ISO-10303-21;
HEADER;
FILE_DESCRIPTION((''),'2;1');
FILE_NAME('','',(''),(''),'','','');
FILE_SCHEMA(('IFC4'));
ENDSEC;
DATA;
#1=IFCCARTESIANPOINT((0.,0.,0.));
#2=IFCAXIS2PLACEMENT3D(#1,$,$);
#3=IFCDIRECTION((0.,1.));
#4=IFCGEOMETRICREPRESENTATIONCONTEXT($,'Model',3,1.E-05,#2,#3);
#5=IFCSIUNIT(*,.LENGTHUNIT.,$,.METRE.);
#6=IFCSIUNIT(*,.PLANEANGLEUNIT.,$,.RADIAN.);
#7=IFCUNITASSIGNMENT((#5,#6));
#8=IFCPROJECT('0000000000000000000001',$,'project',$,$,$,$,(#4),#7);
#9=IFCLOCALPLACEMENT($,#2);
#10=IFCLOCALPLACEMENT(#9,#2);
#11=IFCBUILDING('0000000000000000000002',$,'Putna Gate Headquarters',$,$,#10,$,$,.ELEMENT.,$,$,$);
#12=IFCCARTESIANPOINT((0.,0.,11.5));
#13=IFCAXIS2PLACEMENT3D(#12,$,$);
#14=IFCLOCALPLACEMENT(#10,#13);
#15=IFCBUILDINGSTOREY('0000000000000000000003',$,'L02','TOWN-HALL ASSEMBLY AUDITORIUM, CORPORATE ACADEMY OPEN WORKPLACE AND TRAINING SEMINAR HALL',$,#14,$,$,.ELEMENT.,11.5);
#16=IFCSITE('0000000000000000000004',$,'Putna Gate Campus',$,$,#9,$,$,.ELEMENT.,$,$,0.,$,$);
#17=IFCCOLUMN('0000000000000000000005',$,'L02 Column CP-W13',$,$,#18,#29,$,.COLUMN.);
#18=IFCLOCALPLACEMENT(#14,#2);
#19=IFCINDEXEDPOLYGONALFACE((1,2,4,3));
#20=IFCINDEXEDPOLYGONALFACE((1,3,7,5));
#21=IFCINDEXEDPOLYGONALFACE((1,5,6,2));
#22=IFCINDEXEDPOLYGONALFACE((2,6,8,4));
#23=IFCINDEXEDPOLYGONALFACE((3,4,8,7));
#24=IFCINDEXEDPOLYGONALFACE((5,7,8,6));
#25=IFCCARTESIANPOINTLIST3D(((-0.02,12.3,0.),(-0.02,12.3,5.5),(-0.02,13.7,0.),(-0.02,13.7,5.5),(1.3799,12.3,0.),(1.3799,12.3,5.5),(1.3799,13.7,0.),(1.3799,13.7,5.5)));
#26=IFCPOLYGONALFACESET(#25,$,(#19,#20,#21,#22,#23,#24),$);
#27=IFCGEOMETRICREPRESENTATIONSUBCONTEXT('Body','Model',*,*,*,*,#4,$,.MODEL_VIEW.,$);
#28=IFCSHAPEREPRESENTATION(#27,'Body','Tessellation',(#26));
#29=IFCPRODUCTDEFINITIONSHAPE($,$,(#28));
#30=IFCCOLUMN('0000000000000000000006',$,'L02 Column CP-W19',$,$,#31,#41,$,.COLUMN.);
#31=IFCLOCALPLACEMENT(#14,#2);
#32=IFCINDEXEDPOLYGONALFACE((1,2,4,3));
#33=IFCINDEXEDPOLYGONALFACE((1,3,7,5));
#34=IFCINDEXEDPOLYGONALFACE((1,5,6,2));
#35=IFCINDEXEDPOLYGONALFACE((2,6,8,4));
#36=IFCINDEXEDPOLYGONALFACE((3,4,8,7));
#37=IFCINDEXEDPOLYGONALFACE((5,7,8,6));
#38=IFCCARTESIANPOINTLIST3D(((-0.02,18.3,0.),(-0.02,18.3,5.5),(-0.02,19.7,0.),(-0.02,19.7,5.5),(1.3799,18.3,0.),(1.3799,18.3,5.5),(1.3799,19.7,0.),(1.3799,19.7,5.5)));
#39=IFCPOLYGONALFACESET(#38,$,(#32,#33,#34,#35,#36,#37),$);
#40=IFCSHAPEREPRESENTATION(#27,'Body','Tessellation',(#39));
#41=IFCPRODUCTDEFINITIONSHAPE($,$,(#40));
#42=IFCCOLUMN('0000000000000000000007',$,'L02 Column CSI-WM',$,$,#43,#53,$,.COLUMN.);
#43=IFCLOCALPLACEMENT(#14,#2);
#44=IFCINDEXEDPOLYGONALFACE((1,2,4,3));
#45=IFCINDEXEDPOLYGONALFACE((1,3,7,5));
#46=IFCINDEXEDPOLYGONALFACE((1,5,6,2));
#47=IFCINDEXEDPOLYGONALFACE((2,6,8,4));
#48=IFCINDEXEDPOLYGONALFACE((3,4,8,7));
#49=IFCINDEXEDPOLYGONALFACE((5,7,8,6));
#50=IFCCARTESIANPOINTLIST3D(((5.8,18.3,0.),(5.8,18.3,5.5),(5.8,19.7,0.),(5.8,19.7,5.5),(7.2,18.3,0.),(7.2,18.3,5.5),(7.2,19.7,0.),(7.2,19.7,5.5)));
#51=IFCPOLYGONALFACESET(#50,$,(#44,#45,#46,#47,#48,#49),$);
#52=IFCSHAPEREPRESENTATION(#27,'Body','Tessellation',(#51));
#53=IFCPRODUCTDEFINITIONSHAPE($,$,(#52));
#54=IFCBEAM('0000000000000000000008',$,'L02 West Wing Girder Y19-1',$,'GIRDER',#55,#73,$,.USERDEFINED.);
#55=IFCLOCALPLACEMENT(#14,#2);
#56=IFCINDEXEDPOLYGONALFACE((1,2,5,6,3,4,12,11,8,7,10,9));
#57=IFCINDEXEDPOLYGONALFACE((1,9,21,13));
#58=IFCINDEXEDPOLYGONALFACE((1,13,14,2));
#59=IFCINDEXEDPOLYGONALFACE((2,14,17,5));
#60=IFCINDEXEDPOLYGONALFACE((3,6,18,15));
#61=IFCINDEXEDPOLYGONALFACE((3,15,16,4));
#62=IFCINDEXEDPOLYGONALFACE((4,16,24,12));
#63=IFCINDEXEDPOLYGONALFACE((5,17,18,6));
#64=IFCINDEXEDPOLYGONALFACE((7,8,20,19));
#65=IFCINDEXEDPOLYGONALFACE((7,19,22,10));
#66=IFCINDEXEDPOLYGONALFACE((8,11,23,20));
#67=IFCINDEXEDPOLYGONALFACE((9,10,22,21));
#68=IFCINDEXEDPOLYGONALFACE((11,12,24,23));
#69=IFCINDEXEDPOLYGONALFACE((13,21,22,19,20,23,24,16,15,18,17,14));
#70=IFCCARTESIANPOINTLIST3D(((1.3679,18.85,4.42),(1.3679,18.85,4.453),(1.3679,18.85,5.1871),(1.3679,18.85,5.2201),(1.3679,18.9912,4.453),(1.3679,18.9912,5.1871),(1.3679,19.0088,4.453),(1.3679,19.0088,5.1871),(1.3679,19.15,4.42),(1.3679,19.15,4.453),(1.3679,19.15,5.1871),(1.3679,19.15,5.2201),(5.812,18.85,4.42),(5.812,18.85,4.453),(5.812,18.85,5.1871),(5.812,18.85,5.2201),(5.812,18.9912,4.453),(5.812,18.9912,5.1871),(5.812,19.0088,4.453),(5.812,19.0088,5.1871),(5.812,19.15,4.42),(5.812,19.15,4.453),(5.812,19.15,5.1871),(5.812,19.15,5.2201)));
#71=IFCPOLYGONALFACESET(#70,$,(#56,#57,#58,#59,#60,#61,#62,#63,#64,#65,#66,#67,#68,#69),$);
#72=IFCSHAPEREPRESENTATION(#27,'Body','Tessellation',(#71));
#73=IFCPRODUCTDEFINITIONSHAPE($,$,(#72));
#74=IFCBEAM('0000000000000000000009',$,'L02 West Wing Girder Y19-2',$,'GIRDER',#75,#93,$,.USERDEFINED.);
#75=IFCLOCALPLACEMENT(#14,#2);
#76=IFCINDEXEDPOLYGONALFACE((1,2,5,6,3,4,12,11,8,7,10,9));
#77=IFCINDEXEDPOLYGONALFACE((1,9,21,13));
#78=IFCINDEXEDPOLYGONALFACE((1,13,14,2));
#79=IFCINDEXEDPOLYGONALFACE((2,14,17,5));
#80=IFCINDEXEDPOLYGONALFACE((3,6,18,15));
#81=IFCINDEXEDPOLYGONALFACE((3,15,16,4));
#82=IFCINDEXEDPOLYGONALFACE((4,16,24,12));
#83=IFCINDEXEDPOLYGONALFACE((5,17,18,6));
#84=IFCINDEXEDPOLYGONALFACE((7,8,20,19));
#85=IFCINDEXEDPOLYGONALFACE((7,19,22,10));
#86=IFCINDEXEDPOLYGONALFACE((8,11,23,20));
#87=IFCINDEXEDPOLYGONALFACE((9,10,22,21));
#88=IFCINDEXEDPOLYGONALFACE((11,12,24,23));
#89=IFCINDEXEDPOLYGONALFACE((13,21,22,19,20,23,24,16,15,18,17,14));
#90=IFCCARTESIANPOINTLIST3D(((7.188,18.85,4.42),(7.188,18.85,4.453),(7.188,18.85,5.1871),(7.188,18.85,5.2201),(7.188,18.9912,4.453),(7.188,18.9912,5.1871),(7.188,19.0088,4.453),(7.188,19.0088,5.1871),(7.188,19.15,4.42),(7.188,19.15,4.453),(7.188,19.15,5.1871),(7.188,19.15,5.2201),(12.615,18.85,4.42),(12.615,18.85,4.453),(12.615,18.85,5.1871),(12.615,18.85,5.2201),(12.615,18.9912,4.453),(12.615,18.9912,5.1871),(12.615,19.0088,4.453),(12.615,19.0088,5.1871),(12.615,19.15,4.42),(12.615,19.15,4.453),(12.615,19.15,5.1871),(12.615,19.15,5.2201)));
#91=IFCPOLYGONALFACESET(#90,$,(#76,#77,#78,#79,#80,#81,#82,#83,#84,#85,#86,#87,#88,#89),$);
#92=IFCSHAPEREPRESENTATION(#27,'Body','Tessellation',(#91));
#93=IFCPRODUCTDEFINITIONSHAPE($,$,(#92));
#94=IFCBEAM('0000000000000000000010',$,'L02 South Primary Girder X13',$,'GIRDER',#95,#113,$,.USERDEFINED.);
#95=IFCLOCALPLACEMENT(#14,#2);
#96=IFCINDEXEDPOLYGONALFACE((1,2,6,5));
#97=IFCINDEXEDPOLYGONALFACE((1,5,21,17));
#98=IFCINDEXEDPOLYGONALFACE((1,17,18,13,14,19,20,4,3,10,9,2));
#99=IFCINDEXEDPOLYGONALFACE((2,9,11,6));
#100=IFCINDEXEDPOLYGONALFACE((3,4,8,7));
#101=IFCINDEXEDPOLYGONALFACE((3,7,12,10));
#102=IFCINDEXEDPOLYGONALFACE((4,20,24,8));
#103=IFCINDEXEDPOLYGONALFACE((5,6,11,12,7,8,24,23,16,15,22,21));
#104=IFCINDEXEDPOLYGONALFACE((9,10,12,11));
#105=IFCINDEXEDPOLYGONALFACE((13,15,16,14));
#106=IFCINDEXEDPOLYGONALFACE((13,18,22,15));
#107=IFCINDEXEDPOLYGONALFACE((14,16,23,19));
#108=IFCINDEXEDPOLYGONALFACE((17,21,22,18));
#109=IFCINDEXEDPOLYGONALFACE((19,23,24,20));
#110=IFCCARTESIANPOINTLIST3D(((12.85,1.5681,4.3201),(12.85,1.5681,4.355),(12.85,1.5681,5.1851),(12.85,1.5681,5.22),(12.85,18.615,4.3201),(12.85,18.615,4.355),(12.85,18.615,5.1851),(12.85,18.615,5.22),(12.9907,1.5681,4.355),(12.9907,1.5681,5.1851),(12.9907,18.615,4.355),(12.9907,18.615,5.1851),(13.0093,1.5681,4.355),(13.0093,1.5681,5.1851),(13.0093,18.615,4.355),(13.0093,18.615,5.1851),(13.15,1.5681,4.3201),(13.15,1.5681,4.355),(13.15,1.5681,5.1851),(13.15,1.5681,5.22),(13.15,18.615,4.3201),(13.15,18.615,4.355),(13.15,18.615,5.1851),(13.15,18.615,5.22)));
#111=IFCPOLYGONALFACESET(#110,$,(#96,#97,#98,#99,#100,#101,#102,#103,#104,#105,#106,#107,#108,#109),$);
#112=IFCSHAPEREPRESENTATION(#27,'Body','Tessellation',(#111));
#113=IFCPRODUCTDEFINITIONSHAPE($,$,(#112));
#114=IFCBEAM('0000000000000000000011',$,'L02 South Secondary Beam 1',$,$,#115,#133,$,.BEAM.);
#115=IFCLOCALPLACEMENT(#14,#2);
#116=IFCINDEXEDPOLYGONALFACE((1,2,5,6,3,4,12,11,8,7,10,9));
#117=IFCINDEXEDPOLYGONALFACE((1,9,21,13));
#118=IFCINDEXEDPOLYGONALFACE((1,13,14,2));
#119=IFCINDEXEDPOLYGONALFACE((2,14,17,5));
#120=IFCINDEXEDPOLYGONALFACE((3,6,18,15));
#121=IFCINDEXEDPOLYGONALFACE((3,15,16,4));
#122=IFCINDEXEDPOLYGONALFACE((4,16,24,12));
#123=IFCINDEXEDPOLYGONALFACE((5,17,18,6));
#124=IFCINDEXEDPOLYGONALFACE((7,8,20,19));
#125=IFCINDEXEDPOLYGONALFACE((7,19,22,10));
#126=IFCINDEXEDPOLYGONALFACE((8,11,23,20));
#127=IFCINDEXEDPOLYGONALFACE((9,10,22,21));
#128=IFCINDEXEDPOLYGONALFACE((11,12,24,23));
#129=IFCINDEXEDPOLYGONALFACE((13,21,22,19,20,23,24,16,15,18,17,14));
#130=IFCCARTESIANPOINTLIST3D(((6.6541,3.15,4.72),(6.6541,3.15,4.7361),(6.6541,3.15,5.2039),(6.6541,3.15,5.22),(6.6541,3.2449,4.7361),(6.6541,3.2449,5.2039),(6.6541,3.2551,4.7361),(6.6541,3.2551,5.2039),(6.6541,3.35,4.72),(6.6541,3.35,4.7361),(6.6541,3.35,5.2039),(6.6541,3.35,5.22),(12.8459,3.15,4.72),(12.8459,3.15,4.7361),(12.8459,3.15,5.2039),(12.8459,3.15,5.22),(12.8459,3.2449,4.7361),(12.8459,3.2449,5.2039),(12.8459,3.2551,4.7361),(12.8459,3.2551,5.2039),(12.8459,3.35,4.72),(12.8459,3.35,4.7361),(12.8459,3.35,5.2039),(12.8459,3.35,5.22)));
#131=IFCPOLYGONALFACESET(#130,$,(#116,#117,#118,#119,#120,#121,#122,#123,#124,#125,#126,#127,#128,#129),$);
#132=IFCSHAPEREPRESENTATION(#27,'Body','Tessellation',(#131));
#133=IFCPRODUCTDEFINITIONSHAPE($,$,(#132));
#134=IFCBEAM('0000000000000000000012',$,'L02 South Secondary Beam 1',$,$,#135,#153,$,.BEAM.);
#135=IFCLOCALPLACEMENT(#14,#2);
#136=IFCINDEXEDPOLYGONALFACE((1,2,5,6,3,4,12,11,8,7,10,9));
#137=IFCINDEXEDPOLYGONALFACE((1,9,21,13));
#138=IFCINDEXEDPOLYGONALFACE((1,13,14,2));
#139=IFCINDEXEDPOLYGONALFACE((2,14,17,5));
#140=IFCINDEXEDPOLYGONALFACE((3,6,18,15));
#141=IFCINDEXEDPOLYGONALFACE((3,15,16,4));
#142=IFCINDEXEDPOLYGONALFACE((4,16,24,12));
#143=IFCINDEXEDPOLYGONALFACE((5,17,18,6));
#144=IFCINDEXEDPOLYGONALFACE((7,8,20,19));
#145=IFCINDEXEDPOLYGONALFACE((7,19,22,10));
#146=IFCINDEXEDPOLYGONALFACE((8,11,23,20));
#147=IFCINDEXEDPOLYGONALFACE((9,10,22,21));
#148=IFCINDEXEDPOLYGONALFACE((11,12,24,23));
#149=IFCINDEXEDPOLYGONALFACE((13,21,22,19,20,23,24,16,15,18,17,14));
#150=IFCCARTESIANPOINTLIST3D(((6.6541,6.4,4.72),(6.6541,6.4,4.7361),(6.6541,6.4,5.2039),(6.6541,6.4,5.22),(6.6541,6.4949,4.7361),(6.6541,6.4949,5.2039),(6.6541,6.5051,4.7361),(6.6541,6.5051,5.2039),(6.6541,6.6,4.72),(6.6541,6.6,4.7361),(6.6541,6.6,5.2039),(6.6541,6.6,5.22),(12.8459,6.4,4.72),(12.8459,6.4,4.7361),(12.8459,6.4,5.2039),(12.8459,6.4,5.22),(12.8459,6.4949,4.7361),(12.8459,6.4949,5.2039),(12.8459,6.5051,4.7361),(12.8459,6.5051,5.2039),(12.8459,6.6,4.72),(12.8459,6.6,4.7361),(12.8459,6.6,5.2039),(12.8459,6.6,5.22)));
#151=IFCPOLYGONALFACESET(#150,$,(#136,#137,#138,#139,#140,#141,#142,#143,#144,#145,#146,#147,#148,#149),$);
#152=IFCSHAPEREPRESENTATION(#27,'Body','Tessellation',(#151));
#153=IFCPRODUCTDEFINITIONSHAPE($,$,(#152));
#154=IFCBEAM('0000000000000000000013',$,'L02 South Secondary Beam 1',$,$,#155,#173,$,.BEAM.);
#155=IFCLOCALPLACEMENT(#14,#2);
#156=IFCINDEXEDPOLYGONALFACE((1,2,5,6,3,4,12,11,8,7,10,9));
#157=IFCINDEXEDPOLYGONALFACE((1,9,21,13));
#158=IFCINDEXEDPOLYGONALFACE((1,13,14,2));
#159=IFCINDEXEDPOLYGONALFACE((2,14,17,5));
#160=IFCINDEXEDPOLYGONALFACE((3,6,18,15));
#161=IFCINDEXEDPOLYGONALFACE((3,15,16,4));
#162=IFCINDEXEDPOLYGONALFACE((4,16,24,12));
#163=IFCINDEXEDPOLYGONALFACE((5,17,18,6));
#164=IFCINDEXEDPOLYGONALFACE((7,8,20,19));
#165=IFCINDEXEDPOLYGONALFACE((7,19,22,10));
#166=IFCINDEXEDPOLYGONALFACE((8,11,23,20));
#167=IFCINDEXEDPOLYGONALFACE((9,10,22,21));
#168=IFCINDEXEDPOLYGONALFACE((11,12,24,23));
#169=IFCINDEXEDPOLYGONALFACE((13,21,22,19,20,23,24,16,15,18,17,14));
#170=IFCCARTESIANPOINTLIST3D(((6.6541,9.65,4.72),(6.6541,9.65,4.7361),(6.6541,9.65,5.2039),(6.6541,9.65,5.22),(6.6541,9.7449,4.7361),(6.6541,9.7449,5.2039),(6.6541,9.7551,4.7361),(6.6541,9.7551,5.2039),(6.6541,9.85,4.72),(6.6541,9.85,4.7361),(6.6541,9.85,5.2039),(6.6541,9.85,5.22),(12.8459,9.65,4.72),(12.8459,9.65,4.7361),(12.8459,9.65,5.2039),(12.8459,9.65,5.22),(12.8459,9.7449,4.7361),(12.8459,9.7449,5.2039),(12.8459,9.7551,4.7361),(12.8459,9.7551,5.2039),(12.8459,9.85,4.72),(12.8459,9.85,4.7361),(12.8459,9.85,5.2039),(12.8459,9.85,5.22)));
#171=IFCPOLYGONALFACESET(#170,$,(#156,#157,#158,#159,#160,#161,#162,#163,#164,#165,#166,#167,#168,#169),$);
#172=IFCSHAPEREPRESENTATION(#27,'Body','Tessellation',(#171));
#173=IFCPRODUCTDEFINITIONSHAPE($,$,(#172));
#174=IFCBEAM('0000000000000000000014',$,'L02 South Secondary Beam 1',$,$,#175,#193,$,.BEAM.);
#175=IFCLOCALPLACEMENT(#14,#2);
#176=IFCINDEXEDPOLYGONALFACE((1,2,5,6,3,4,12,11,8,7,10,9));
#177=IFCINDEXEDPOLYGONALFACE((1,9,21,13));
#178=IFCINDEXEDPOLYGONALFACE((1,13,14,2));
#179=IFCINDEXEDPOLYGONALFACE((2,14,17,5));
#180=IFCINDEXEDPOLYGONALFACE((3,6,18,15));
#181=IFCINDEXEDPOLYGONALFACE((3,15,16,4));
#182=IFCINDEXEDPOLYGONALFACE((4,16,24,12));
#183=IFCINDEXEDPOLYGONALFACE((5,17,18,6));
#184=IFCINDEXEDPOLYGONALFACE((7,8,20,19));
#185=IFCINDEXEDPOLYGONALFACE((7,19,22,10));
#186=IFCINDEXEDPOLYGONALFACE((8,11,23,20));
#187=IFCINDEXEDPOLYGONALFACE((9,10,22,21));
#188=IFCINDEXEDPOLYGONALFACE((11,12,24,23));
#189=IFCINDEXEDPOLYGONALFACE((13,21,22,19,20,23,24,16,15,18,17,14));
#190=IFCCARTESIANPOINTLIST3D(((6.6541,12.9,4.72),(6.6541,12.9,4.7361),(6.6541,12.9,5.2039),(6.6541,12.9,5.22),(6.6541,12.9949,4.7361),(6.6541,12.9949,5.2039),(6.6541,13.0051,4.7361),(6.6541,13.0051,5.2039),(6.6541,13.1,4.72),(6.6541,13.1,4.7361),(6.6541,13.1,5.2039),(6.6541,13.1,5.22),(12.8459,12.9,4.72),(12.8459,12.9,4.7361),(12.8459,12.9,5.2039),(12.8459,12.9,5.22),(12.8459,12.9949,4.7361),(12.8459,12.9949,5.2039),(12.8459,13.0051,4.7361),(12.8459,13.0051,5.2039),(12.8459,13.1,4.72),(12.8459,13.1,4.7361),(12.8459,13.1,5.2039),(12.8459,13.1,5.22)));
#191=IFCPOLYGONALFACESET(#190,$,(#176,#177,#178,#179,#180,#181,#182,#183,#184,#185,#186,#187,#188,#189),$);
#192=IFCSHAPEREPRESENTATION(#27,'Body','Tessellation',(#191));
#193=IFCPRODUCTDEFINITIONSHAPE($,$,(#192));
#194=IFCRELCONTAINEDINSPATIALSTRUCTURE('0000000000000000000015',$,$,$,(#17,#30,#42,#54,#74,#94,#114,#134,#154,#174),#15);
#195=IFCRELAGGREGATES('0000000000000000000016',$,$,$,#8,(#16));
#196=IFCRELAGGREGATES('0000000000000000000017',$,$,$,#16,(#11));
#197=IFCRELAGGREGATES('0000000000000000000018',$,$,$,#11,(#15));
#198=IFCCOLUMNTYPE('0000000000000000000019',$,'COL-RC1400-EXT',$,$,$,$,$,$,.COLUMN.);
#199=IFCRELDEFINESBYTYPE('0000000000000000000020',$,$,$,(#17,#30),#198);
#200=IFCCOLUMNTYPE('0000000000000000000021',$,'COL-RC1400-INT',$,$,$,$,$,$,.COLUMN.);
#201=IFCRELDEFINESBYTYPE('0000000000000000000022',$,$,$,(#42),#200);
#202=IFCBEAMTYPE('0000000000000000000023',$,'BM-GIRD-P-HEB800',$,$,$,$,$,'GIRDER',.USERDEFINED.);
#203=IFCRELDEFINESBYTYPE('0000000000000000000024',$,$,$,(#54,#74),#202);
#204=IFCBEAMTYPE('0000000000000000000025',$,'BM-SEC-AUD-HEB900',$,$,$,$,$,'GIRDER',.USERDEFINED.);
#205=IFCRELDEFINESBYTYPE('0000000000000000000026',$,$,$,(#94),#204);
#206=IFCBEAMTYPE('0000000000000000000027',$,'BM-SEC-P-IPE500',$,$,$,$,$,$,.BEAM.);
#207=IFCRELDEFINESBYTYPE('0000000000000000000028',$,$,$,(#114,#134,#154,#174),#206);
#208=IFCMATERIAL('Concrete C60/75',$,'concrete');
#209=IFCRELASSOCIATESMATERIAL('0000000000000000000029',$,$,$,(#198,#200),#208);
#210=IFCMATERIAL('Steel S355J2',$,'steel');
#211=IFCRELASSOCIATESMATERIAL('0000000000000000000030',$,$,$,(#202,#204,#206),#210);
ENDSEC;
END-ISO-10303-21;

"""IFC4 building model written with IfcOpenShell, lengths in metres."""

from ifc_helpers import new_model, si_unit, direction, frame, origin, origin_2d, place, context, subcontext, project, spatial, rectangle, i_section, extrude, material, material_profile, profile_set, type_object, element, save


model = new_model("IFC4")

# Units and contexts
model_context = context("Model", 3, precision=1e-05, world=origin(), true_north=direction((0.0, 1.0)))
body_context = subcontext(model_context, "Body", "Model", "MODEL_VIEW")
ifc_project = project(units=[si_unit("LENGTHUNIT", "METRE"), si_unit("PLANEANGLEUNIT", "RADIAN")], contexts=[model_context])

# Site, building, storey
site_placement = place(None, origin())
site = spatial("IfcSite", under=ifc_project, at=site_placement, Name="Putna Gate Campus", CompositionType="ELEMENT", RefElevation=0.0)
building_placement = place(site_placement, origin())
building = spatial("IfcBuilding", under=site, at=building_placement, Name="Putna Gate Headquarters", CompositionType="ELEMENT")
storey_placement = place(building_placement, frame((0.0, 0.0, 11.5)))
storey = spatial("IfcBuildingStorey", under=building, at=storey_placement, Name="L02", Description="TOWN-HALL ASSEMBLY AUDITORIUM, CORPORATE ACADEMY OPEN WORKPLACE AND TRAINING SEMINAR HALL", CompositionType="ELEMENT", Elevation=11.5)

# Columns
ifc_material_1 = material(Name="Concrete C60/75", Category="concrete")
ifc_material_profile_1 = material_profile(ifc_material_1, rectangle(XDim=1.3999, YDim=1.3999, at=origin_2d()), Name="Concrete C60/75")
ifc_profile_set_1 = profile_set([ifc_material_profile_1], Name="Concrete C60/75")
column_type_1 = type_object("IfcColumnType", Name="COL-RC1400-EXT", PredefinedType="COLUMN", material=ifc_profile_set_1)
for number, where, z_axis, x_axis, name in (
    (1, (0.6799, 13.0, 0.0), (0.0, 0.0, 1.0), (1.0, 0.0, 0.0), "L02 Column CP-W13"),
    (2, (0.6799, 19.0, 0.0), (0.0, 0.0, 1.0), (1.0, 0.0, 0.0), "L02 Column CP-W19"),
):
    element("IfcColumn", number, at=place(storey_placement, frame(where, z_axis=z_axis, x_axis=x_axis)), inside=storey, type_object=column_type_1, Name=name, PredefinedType="COLUMN", context=body_context, shape_type="SweptSolid", body=[
        extrude(rectangle(XDim=1.3999, YDim=1.3999, at=origin_2d()), origin(), (0.0, 0.0, 1.0), 5.5),
    ])
ifc_material_profile_2 = material_profile(ifc_material_1, rectangle(XDim=1.3999, YDim=1.3999, at=origin_2d()), Name="Concrete C60/75")
ifc_profile_set_2 = profile_set([ifc_material_profile_2], Name="Concrete C60/75")
column_type_2 = type_object("IfcColumnType", Name="COL-RC1400-INT", PredefinedType="COLUMN", material=ifc_profile_set_2)
column_placement = place(storey_placement, frame((6.5, 19.0, 0.0), z_axis=(0.0, 0.0, 1.0), x_axis=(1.0, 0.0, 0.0)))
element("IfcColumn", 3, at=column_placement, inside=storey, type_object=column_type_2, Name="L02 Column CSI-WM", PredefinedType="COLUMN", context=body_context, shape_type="SweptSolid", body=[
    extrude(rectangle(XDim=1.3999, YDim=1.3999, at=origin_2d()), origin(), (0.0, 0.0, 1.0), 5.5),
])

# Beams
ifc_material_2 = material(Name="Steel S355J2", Category="steel")
ifc_material_profile_3 = material_profile(ifc_material_2, i_section(OverallWidth=0.3, OverallDepth=0.8, WebThickness=0.0176, FlangeThickness=0.033, at=origin_2d()), Name="Steel S355J2")
ifc_profile_set_3 = profile_set([ifc_material_profile_3], Name="Steel S355J2")
beam_type_1 = type_object("IfcBeamType", Name="BM-GIRD-P-HEB800", ElementType="GIRDER", PredefinedType="USERDEFINED", material=ifc_profile_set_3)
beam_1_placement = place(storey_placement, frame((1.3679, 19.0, 4.8201), z_axis=(1.0, 0.0, 0.0), x_axis=(0.0, 1.0, 0.0)))
element("IfcBeam", 4, at=beam_1_placement, inside=storey, type_object=beam_type_1, Name="L02 West Wing Girder Y19-1", ObjectType="GIRDER", PredefinedType="USERDEFINED", context=body_context, shape_type="SweptSolid", body=[
    extrude(i_section(OverallWidth=0.3, OverallDepth=0.8, WebThickness=0.0176, FlangeThickness=0.033, at=origin_2d()), origin(), (0.0, 0.0, 1.0), 4.4441),
])
beam_2_placement = place(storey_placement, frame((7.188, 19.0, 4.8201), z_axis=(1.0, 0.0, 0.0), x_axis=(0.0, 1.0, 0.0)))
element("IfcBeam", 5, at=beam_2_placement, inside=storey, type_object=beam_type_1, Name="L02 West Wing Girder Y19-2", ObjectType="GIRDER", PredefinedType="USERDEFINED", context=body_context, shape_type="SweptSolid", body=[
    extrude(i_section(OverallWidth=0.3, OverallDepth=0.8, WebThickness=0.0176, FlangeThickness=0.033, at=origin_2d()), origin(), (0.0, 0.0, 1.0), 5.427),
])
ifc_material_profile_4 = material_profile(ifc_material_2, i_section(OverallWidth=0.3, OverallDepth=0.8999, WebThickness=0.0186, FlangeThickness=0.0349, at=origin_2d()), Name="Steel S355J2")
ifc_profile_set_4 = profile_set([ifc_material_profile_4], Name="Steel S355J2")
beam_type_2 = type_object("IfcBeamType", Name="BM-SEC-AUD-HEB900", ElementType="GIRDER", PredefinedType="USERDEFINED", material=ifc_profile_set_4)
beam_3_placement = place(storey_placement, frame((13.0, 1.5681, 4.77), z_axis=(0.0, 1.0, 0.0), x_axis=(-1.0, 0.0, 0.0)))
element("IfcBeam", 6, at=beam_3_placement, inside=storey, type_object=beam_type_2, Name="L02 South Primary Girder X13", ObjectType="GIRDER", PredefinedType="USERDEFINED", context=body_context, shape_type="SweptSolid", body=[
    extrude(i_section(OverallWidth=0.3, OverallDepth=0.8999, WebThickness=0.0186, FlangeThickness=0.0349, at=origin_2d()), origin(), (0.0, 0.0, 1.0), 17.0469),
])
ifc_material_profile_5 = material_profile(ifc_material_2, i_section(OverallWidth=0.2, OverallDepth=0.5, WebThickness=0.0103, FlangeThickness=0.0161, at=origin_2d()), Name="Steel S355J2")
ifc_profile_set_5 = profile_set([ifc_material_profile_5], Name="Steel S355J2")
beam_type_3 = type_object("IfcBeamType", Name="BM-SEC-P-IPE500", PredefinedType="BEAM", material=ifc_profile_set_5)
for number, where, z_axis, x_axis, name in (
    (7, (6.6541, 3.25, 4.97), (1.0, 0.0, 0.0), (0.0, 1.0, 0.0), "L02 South Secondary Beam 1"),
    (8, (6.6541, 6.5, 4.97), (1.0, 0.0, 0.0), (0.0, 1.0, 0.0), "L02 South Secondary Beam 1"),
    (9, (6.6541, 9.75, 4.97), (1.0, 0.0, 0.0), (0.0, 1.0, 0.0), "L02 South Secondary Beam 1"),
    (10, (6.6541, 13.0, 4.97), (1.0, 0.0, 0.0), (0.0, 1.0, 0.0), "L02 South Secondary Beam 1"),
):
    element("IfcBeam", number, at=place(storey_placement, frame(where, z_axis=z_axis, x_axis=x_axis)), inside=storey, type_object=beam_type_3, Name=name, PredefinedType="BEAM", context=body_context, shape_type="SweptSolid", body=[
        extrude(i_section(OverallWidth=0.2, OverallDepth=0.5, WebThickness=0.0103, FlangeThickness=0.0161, at=origin_2d()), origin(), (0.0, 0.0, 1.0), 6.1919),
    ])

save(model, "model.ifc")
